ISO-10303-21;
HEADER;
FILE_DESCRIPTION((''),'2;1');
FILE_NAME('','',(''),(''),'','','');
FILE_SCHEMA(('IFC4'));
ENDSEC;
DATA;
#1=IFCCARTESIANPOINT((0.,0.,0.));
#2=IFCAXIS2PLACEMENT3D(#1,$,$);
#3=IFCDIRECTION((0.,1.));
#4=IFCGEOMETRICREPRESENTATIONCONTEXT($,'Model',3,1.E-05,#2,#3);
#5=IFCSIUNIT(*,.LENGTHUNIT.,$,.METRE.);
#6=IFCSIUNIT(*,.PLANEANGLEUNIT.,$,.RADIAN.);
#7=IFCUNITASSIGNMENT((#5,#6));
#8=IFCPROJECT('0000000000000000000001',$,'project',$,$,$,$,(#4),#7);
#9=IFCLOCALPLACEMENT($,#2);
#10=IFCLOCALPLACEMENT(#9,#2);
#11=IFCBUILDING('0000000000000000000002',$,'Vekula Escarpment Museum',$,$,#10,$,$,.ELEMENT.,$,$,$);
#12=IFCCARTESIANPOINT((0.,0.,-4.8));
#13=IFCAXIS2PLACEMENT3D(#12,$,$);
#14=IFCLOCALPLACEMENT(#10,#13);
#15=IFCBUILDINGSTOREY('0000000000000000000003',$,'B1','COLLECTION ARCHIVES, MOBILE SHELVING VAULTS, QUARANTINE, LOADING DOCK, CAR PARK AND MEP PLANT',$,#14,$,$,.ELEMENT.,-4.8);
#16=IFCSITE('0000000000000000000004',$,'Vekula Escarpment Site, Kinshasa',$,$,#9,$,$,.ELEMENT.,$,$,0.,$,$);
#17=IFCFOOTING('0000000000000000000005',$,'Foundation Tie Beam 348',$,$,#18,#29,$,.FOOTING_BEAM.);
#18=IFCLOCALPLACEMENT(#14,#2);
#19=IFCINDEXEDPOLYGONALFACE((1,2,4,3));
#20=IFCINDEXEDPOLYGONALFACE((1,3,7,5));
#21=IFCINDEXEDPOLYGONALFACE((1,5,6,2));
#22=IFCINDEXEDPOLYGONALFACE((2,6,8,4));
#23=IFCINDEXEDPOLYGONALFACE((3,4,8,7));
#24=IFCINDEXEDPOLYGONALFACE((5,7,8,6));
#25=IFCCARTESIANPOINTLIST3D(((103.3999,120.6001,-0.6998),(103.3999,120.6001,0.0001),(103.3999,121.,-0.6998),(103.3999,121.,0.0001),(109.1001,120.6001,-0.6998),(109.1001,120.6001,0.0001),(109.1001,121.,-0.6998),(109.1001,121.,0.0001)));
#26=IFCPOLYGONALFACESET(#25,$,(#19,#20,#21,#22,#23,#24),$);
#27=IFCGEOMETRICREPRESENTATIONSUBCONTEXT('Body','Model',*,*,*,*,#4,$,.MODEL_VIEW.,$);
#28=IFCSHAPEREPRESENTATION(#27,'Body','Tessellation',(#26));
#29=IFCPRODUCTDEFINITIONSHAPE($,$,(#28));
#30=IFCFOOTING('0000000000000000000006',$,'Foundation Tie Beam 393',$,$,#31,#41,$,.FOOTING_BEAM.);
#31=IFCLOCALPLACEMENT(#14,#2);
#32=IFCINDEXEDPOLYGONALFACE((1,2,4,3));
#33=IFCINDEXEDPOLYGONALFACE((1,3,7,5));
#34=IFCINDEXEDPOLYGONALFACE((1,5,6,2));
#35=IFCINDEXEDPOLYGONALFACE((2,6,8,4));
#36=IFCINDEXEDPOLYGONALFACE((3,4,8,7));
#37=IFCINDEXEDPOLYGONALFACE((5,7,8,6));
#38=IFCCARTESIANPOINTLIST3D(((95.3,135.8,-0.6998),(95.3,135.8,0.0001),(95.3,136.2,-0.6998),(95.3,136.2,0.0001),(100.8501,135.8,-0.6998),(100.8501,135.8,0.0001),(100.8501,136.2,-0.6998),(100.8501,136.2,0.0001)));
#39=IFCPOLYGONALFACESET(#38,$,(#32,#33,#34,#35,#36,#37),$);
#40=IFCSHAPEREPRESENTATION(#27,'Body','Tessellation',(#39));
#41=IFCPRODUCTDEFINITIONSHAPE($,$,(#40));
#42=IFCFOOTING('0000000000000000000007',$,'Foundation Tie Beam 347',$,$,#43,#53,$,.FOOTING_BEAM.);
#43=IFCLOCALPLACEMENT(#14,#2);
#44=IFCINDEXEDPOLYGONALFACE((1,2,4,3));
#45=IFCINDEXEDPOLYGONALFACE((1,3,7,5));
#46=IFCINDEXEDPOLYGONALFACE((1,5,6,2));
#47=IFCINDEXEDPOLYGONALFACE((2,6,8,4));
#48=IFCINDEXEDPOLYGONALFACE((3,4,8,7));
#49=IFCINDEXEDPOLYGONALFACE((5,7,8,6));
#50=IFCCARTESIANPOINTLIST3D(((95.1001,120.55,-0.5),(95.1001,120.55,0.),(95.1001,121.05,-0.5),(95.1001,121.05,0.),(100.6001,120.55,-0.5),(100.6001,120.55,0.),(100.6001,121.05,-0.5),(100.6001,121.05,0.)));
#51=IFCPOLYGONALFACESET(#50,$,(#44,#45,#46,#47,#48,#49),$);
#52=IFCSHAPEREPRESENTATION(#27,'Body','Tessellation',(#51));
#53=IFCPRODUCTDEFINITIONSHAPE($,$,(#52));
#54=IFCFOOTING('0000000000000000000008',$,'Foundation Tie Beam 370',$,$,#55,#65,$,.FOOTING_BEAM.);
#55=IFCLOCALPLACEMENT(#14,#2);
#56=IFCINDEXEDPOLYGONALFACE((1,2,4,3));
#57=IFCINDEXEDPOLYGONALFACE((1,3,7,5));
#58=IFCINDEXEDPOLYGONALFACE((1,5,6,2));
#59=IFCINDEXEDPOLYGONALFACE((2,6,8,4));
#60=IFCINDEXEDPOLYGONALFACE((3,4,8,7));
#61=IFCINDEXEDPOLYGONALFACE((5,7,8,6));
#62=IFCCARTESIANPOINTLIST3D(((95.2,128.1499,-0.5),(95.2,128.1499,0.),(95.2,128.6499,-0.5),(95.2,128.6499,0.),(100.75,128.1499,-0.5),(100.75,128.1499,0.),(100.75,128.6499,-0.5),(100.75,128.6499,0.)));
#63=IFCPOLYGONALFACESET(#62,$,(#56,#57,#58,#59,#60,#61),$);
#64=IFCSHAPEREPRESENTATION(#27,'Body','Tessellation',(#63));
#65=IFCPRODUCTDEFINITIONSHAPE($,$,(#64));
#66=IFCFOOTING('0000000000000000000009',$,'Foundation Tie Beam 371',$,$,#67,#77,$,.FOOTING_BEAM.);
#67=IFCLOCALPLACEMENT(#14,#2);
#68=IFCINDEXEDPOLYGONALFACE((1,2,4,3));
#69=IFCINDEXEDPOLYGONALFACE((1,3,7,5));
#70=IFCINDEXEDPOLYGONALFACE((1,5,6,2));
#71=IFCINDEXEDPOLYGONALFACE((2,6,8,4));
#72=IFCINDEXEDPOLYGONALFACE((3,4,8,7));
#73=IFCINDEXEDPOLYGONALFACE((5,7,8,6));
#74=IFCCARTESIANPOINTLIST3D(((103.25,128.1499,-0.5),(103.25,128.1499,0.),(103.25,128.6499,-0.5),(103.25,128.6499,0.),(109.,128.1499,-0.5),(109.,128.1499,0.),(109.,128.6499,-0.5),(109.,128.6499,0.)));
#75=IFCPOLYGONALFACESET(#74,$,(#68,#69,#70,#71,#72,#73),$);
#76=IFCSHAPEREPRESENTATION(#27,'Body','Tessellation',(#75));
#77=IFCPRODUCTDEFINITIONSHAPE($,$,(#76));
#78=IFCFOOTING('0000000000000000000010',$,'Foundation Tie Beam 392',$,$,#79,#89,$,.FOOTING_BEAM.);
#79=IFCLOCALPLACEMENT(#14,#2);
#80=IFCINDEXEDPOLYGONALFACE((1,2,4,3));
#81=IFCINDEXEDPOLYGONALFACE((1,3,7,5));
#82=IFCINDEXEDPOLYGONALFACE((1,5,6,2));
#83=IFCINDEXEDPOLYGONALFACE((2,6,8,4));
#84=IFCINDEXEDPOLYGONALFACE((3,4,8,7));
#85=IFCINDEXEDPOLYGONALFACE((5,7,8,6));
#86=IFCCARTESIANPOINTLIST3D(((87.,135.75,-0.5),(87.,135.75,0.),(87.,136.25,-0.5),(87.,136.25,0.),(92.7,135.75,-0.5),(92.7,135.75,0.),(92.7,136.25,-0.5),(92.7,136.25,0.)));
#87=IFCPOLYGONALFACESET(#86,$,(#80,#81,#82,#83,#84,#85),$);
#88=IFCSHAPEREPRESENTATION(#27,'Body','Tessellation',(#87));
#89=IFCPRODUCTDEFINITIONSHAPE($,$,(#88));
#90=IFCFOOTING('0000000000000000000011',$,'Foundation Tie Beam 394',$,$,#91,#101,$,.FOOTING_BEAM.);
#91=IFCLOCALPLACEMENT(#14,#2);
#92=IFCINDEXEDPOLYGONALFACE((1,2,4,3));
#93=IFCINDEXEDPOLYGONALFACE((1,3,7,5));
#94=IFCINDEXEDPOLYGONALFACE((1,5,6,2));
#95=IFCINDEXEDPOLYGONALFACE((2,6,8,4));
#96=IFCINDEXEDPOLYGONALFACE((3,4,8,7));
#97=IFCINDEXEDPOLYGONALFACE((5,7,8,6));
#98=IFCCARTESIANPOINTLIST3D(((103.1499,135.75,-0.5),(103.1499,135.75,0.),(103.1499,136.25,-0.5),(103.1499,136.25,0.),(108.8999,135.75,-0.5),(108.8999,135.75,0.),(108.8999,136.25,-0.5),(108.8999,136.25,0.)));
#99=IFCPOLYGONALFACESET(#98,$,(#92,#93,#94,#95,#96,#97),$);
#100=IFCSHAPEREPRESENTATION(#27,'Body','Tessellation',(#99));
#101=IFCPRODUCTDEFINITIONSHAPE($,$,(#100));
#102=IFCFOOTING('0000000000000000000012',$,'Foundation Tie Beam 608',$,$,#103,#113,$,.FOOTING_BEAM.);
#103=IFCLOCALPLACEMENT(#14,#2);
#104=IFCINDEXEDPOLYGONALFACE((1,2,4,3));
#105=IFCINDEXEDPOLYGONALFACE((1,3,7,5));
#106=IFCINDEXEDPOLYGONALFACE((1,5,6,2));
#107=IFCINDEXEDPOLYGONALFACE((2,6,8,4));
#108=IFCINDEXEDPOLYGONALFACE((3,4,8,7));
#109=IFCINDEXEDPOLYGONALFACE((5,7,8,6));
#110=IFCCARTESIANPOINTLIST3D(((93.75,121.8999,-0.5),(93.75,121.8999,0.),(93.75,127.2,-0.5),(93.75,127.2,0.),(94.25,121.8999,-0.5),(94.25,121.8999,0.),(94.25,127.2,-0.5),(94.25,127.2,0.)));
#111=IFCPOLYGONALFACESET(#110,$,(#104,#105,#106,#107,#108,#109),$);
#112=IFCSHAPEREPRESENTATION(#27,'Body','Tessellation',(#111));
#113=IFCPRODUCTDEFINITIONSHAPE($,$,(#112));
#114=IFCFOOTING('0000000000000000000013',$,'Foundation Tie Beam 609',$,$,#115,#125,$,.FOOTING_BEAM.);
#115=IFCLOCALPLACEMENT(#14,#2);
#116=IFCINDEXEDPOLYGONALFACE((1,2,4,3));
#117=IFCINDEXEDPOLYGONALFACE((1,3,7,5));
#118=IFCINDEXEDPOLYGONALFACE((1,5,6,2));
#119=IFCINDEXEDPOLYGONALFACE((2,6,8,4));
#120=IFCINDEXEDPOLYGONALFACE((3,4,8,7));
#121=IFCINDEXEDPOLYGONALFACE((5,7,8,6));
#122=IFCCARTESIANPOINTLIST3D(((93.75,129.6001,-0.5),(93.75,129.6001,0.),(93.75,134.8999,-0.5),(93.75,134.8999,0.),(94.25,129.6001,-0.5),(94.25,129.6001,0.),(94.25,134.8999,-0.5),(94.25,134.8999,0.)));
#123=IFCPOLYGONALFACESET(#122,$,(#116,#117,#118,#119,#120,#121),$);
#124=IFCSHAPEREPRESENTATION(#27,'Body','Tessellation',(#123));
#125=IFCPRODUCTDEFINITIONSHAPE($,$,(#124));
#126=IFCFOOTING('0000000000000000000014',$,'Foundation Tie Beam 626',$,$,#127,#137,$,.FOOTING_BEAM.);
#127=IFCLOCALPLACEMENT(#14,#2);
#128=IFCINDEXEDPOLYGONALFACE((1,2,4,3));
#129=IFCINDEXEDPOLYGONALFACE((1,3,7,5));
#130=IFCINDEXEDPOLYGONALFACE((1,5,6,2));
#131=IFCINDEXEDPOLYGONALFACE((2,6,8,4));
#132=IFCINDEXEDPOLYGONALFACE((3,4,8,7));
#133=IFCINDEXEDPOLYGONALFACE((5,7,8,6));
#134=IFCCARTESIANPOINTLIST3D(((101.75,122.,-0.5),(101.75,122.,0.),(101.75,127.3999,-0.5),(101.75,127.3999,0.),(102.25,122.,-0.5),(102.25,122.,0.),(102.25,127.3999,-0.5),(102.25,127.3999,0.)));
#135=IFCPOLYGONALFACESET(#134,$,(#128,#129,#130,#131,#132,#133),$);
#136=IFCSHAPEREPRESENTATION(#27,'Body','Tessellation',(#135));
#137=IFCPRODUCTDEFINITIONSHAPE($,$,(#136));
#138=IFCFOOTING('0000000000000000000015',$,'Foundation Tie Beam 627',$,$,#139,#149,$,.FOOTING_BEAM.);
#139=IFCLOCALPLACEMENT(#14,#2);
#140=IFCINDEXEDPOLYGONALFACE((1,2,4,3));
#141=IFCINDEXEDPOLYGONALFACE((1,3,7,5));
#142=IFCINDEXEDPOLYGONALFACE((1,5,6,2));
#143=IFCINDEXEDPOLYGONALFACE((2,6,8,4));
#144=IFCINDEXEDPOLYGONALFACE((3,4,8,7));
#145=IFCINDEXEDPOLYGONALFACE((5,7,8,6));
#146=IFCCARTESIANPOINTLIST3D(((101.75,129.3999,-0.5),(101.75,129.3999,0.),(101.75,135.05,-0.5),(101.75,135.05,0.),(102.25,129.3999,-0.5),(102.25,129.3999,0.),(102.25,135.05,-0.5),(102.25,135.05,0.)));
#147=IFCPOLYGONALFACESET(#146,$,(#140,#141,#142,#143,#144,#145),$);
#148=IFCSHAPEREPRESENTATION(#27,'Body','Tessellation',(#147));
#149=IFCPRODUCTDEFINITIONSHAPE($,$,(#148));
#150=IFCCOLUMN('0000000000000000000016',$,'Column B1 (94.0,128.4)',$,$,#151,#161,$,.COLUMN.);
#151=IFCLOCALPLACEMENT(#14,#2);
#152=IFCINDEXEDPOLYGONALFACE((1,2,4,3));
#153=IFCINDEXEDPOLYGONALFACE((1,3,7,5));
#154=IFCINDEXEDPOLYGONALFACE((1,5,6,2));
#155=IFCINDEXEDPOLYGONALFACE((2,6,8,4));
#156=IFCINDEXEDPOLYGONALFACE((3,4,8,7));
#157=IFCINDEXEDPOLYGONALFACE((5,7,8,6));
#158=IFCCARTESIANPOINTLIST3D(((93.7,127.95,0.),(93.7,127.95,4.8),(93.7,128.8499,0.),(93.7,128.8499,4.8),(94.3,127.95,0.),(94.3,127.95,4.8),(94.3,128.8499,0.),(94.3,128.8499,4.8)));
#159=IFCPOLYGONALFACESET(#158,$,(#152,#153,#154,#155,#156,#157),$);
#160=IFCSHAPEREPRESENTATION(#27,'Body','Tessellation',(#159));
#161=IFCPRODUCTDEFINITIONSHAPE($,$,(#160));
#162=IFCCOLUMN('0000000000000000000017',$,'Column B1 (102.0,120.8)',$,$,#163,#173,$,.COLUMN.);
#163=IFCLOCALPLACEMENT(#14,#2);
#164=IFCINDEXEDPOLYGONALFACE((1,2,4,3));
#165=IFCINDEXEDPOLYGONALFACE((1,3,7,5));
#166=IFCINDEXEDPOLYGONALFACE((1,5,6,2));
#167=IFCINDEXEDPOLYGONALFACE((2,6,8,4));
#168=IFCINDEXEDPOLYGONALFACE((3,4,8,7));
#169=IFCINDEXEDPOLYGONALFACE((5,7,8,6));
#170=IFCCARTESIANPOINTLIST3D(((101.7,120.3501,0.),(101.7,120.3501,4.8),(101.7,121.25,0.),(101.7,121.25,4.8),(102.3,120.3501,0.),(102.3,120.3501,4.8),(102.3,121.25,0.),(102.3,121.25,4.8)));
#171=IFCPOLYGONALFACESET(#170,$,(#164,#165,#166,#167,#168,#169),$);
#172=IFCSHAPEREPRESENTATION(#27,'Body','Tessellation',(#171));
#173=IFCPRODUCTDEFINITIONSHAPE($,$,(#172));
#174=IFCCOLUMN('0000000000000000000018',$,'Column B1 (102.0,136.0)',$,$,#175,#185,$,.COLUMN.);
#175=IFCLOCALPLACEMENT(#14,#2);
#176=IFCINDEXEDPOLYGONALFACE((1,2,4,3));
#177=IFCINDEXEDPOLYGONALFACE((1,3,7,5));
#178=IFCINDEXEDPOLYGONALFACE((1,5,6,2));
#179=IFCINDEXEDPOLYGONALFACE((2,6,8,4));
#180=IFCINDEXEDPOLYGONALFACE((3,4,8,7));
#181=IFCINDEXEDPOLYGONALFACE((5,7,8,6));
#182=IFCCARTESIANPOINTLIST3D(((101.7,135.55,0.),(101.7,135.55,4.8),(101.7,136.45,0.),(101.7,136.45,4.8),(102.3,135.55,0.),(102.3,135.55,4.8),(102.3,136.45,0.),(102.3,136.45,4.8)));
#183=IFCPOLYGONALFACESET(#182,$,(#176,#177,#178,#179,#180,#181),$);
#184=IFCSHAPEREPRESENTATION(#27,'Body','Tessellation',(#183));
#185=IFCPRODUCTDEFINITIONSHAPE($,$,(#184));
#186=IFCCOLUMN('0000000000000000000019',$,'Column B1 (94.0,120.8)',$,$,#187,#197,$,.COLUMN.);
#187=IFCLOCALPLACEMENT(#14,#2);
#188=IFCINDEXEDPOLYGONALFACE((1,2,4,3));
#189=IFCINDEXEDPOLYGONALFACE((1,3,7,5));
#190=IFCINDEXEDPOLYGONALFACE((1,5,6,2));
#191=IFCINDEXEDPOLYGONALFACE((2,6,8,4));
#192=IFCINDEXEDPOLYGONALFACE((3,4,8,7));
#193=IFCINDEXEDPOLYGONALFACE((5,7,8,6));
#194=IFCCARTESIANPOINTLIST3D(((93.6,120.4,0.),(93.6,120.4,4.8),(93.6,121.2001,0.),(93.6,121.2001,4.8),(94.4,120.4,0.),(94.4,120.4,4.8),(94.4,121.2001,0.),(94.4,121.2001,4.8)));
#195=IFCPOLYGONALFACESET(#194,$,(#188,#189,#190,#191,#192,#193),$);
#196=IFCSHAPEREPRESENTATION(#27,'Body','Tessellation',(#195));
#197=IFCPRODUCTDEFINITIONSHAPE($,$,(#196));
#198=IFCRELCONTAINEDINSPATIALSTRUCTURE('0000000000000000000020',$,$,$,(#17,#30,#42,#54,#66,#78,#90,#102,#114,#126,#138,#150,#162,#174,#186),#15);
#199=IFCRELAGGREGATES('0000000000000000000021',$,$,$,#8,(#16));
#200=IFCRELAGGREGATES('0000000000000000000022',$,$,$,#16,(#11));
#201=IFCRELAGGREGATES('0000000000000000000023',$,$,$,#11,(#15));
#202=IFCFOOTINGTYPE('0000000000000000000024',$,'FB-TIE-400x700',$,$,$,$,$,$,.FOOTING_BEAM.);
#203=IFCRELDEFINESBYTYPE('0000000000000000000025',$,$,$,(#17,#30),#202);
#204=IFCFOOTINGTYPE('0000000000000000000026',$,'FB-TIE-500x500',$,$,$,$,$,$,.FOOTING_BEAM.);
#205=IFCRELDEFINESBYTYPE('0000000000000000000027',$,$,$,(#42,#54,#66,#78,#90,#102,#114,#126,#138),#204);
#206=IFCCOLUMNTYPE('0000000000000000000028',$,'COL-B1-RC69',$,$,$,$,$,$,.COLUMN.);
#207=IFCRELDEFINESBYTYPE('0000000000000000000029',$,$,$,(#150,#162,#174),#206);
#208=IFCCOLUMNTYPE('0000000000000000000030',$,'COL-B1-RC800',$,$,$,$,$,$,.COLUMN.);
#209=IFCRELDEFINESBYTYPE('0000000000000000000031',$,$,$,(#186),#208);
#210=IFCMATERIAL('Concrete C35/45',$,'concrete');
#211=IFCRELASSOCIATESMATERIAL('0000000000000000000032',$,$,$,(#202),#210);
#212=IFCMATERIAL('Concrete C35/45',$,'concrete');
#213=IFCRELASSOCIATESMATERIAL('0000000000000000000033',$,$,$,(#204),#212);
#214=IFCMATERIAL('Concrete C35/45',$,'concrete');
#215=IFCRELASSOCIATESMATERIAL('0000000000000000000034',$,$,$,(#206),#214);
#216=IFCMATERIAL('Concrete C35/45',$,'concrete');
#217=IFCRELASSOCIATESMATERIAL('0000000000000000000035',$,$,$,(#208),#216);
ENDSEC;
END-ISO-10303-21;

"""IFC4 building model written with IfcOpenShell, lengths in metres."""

from ifc_helpers import new_model, si_unit, direction, frame, origin, origin_2d, place, context, subcontext, project, spatial, rectangle, extrude, material, material_profile, profile_set, type_object, element, save


model = new_model("IFC4")

# Units and contexts
model_context = context("Model", 3, precision=1e-05, world=origin(), true_north=direction((0.0, 1.0)))
body_context = subcontext(model_context, "Body", "Model", "MODEL_VIEW")
ifc_project = project(units=[si_unit("LENGTHUNIT", "METRE"), si_unit("PLANEANGLEUNIT", "RADIAN")], contexts=[model_context])

# Site, building, storey
site_placement = place(None, origin())
site = spatial("IfcSite", under=ifc_project, at=site_placement, Name="Vekula Escarpment Site, Kinshasa", CompositionType="ELEMENT", RefElevation=0.0)
building_placement = place(site_placement, origin())
building = spatial("IfcBuilding", under=site, at=building_placement, Name="Vekula Escarpment Museum", CompositionType="ELEMENT")
storey_placement = place(building_placement, frame((0.0, 0.0, -4.8)))
storey = spatial("IfcBuildingStorey", under=building, at=storey_placement, Name="B1", Description="COLLECTION ARCHIVES, MOBILE SHELVING VAULTS, QUARANTINE, LOADING DOCK, CAR PARK AND MEP PLANT", CompositionType="ELEMENT", Elevation=-4.8)

# Footings
ifc_material_1 = material(Name="Concrete C35/45", Category="concrete")
ifc_material_profile_1 = material_profile(ifc_material_1, rectangle(XDim=0.3999, YDim=0.7, at=origin_2d()), Name="RC 400x700")
ifc_profile_set_1 = profile_set([ifc_material_profile_1], Name="Concrete C35/45")
footing_type_1 = type_object("IfcFootingType", Name="FB-TIE-400x700", PredefinedType="FOOTING_BEAM", material=ifc_profile_set_1)
footing_1_placement = place(storey_placement, frame((103.3999, 120.8, -0.3499), z_axis=(1.0, 0.0, 0.0), x_axis=(0.0, 1.0, 0.0)))
element("IfcFooting", 1, at=footing_1_placement, inside=storey, type_object=footing_type_1, Name="Foundation Tie Beam 348", PredefinedType="FOOTING_BEAM", context=body_context, shape_type="SweptSolid", body=[
    extrude(rectangle(XDim=0.3999, YDim=0.7, at=origin_2d()), origin(), (0.0, 0.0, 1.0), 5.7002),
])
footing_2_placement = place(storey_placement, frame((95.3, 136.0, -0.3499), z_axis=(1.0, 0.0, 0.0), x_axis=(0.0, 1.0, 0.0)))
element("IfcFooting", 2, at=footing_2_placement, inside=storey, type_object=footing_type_1, Name="Foundation Tie Beam 393", PredefinedType="FOOTING_BEAM", context=body_context, shape_type="SweptSolid", body=[
    extrude(rectangle(XDim=0.3999, YDim=0.7, at=origin_2d()), origin(), (0.0, 0.0, 1.0), 5.55),
])
ifc_material_2 = material(Name="Concrete C35/45", Category="concrete")
ifc_material_profile_2 = material_profile(ifc_material_2, rectangle(XDim=0.5, YDim=0.5, at=origin_2d()), Name="RC 500x500")
ifc_profile_set_2 = profile_set([ifc_material_profile_2], Name="Concrete C35/45")
footing_type_2 = type_object("IfcFootingType", Name="FB-TIE-500x500", PredefinedType="FOOTING_BEAM", material=ifc_profile_set_2)
footing_3_placement = place(storey_placement, frame((95.1001, 120.8, -0.25), z_axis=(1.0, 0.0, 0.0), x_axis=(0.0, 1.0, 0.0)))
element("IfcFooting", 3, at=footing_3_placement, inside=storey, type_object=footing_type_2, Name="Foundation Tie Beam 347", PredefinedType="FOOTING_BEAM", context=body_context, shape_type="SweptSolid", body=[
    extrude(rectangle(XDim=0.5, YDim=0.5, at=origin_2d()), origin(), (0.0, 0.0, 1.0), 5.5),
])
footing_4_placement = place(storey_placement, frame((95.2, 128.3999, -0.25), z_axis=(1.0, 0.0, 0.0), x_axis=(0.0, 1.0, 0.0)))
element("IfcFooting", 4, at=footing_4_placement, inside=storey, type_object=footing_type_2, Name="Foundation Tie Beam 370", PredefinedType="FOOTING_BEAM", context=body_context, shape_type="SweptSolid", body=[
    extrude(rectangle(XDim=0.5, YDim=0.5, at=origin_2d()), origin(), (0.0, 0.0, 1.0), 5.55),
])
footing_5_placement = place(storey_placement, frame((103.25, 128.3999, -0.25), z_axis=(1.0, 0.0, 0.0), x_axis=(0.0, 1.0, 0.0)))
element("IfcFooting", 5, at=footing_5_placement, inside=storey, type_object=footing_type_2, Name="Foundation Tie Beam 371", PredefinedType="FOOTING_BEAM", context=body_context, shape_type="SweptSolid", body=[
    extrude(rectangle(XDim=0.5, YDim=0.5, at=origin_2d()), origin(), (0.0, 0.0, 1.0), 5.75),
])
footing_6_placement = place(storey_placement, frame((87.0, 136.0, -0.25), z_axis=(1.0, 0.0, 0.0), x_axis=(0.0, 1.0, 0.0)))
element("IfcFooting", 6, at=footing_6_placement, inside=storey, type_object=footing_type_2, Name="Foundation Tie Beam 392", PredefinedType="FOOTING_BEAM", context=body_context, shape_type="SweptSolid", body=[
    extrude(rectangle(XDim=0.5, YDim=0.5, at=origin_2d()), origin(), (0.0, 0.0, 1.0), 5.7),
])
footing_7_placement = place(storey_placement, frame((103.1499, 136.0, -0.25), z_axis=(1.0, 0.0, 0.0), x_axis=(0.0, 1.0, 0.0)))
element("IfcFooting", 7, at=footing_7_placement, inside=storey, type_object=footing_type_2, Name="Foundation Tie Beam 394", PredefinedType="FOOTING_BEAM", context=body_context, shape_type="SweptSolid", body=[
    extrude(rectangle(XDim=0.5, YDim=0.5, at=origin_2d()), origin(), (0.0, 0.0, 1.0), 5.75),
])
footing_8_placement = place(storey_placement, frame((94.0, 121.8999, -0.25), z_axis=(0.0, 1.0, 0.0), x_axis=(-1.0, 0.0, 0.0)))
element("IfcFooting", 8, at=footing_8_placement, inside=storey, type_object=footing_type_2, Name="Foundation Tie Beam 608", PredefinedType="FOOTING_BEAM", context=body_context, shape_type="SweptSolid", body=[
    extrude(rectangle(XDim=0.5, YDim=0.5, at=origin_2d()), origin(), (0.0, 0.0, 1.0), 5.3),
])
footing_9_placement = place(storey_placement, frame((94.0, 129.6001, -0.25), z_axis=(0.0, 1.0, 0.0), x_axis=(-1.0, 0.0, 0.0)))
element("IfcFooting", 9, at=footing_9_placement, inside=storey, type_object=footing_type_2, Name="Foundation Tie Beam 609", PredefinedType="FOOTING_BEAM", context=body_context, shape_type="SweptSolid", body=[
    extrude(rectangle(XDim=0.5, YDim=0.5, at=origin_2d()), origin(), (0.0, 0.0, 1.0), 5.2998),
])
footing_10_placement = place(storey_placement, frame((102.0, 122.0, -0.25), z_axis=(0.0, 1.0, 0.0), x_axis=(-1.0, 0.0, 0.0)))
element("IfcFooting", 10, at=footing_10_placement, inside=storey, type_object=footing_type_2, Name="Foundation Tie Beam 626", PredefinedType="FOOTING_BEAM", context=body_context, shape_type="SweptSolid", body=[
    extrude(rectangle(XDim=0.5, YDim=0.5, at=origin_2d()), origin(), (0.0, 0.0, 1.0), 5.3999),
])
footing_11_placement = place(storey_placement, frame((102.0, 129.3999, -0.25), z_axis=(0.0, 1.0, 0.0), x_axis=(-1.0, 0.0, 0.0)))
element("IfcFooting", 11, at=footing_11_placement, inside=storey, type_object=footing_type_2, Name="Foundation Tie Beam 627", PredefinedType="FOOTING_BEAM", context=body_context, shape_type="SweptSolid", body=[
    extrude(rectangle(XDim=0.5, YDim=0.5, at=origin_2d()), origin(), (0.0, 0.0, 1.0), 5.6501),
])

# Columns
ifc_material_3 = material(Name="Concrete C35/45", Category="concrete")
ifc_material_profile_3 = material_profile(ifc_material_3, rectangle(XDim=0.6001, YDim=0.8999, at=origin_2d()), Name="RC 600x900")
ifc_profile_set_3 = profile_set([ifc_material_profile_3], Name="Concrete C35/45")
column_type_1 = type_object("IfcColumnType", Name="COL-B1-RC69", PredefinedType="COLUMN", material=ifc_profile_set_3)
for number, where, z_axis, x_axis, name in (
    (12, (94.0, 128.3999, 0.0), (0.0, 0.0, 1.0), (1.0, 0.0, 0.0), "Column B1 (94.0,128.4)"),
    (13, (102.0, 120.8, 0.0), (0.0, 0.0, 1.0), (1.0, 0.0, 0.0), "Column B1 (102.0,120.8)"),
    (14, (102.0, 136.0, 0.0), (0.0, 0.0, 1.0), (1.0, 0.0, 0.0), "Column B1 (102.0,136.0)"),
):
    element("IfcColumn", number, at=place(storey_placement, frame(where, z_axis=z_axis, x_axis=x_axis)), inside=storey, type_object=column_type_1, Name=name, PredefinedType="COLUMN", context=body_context, shape_type="SweptSolid", body=[
        extrude(rectangle(XDim=0.6001, YDim=0.8999, at=origin_2d()), origin(), (0.0, 0.0, 1.0), 4.8),
    ])
ifc_material_4 = material(Name="Concrete C35/45", Category="concrete")
ifc_material_profile_4 = material_profile(ifc_material_4, rectangle(XDim=0.8, YDim=0.8, at=origin_2d()), Name="RC 800x800")
ifc_profile_set_4 = profile_set([ifc_material_profile_4], Name="Concrete C35/45")
column_type_2 = type_object("IfcColumnType", Name="COL-B1-RC800", PredefinedType="COLUMN", material=ifc_profile_set_4)
for number, where, z_axis, x_axis, name in (
    (15, (94.0, 120.8, 0.0), (0.0, 0.0, 1.0), (1.0, 0.0, 0.0), "Column B1 (94.0,120.8)"),
):
    element("IfcColumn", number, at=place(storey_placement, frame(where, z_axis=z_axis, x_axis=x_axis)), inside=storey, type_object=column_type_2, Name=name, PredefinedType="COLUMN", context=body_context, shape_type="SweptSolid", body=[
        extrude(rectangle(XDim=0.8, YDim=0.8, at=origin_2d()), origin(), (0.0, 0.0, 1.0), 4.8),
    ])

save(model, "model.ifc")
